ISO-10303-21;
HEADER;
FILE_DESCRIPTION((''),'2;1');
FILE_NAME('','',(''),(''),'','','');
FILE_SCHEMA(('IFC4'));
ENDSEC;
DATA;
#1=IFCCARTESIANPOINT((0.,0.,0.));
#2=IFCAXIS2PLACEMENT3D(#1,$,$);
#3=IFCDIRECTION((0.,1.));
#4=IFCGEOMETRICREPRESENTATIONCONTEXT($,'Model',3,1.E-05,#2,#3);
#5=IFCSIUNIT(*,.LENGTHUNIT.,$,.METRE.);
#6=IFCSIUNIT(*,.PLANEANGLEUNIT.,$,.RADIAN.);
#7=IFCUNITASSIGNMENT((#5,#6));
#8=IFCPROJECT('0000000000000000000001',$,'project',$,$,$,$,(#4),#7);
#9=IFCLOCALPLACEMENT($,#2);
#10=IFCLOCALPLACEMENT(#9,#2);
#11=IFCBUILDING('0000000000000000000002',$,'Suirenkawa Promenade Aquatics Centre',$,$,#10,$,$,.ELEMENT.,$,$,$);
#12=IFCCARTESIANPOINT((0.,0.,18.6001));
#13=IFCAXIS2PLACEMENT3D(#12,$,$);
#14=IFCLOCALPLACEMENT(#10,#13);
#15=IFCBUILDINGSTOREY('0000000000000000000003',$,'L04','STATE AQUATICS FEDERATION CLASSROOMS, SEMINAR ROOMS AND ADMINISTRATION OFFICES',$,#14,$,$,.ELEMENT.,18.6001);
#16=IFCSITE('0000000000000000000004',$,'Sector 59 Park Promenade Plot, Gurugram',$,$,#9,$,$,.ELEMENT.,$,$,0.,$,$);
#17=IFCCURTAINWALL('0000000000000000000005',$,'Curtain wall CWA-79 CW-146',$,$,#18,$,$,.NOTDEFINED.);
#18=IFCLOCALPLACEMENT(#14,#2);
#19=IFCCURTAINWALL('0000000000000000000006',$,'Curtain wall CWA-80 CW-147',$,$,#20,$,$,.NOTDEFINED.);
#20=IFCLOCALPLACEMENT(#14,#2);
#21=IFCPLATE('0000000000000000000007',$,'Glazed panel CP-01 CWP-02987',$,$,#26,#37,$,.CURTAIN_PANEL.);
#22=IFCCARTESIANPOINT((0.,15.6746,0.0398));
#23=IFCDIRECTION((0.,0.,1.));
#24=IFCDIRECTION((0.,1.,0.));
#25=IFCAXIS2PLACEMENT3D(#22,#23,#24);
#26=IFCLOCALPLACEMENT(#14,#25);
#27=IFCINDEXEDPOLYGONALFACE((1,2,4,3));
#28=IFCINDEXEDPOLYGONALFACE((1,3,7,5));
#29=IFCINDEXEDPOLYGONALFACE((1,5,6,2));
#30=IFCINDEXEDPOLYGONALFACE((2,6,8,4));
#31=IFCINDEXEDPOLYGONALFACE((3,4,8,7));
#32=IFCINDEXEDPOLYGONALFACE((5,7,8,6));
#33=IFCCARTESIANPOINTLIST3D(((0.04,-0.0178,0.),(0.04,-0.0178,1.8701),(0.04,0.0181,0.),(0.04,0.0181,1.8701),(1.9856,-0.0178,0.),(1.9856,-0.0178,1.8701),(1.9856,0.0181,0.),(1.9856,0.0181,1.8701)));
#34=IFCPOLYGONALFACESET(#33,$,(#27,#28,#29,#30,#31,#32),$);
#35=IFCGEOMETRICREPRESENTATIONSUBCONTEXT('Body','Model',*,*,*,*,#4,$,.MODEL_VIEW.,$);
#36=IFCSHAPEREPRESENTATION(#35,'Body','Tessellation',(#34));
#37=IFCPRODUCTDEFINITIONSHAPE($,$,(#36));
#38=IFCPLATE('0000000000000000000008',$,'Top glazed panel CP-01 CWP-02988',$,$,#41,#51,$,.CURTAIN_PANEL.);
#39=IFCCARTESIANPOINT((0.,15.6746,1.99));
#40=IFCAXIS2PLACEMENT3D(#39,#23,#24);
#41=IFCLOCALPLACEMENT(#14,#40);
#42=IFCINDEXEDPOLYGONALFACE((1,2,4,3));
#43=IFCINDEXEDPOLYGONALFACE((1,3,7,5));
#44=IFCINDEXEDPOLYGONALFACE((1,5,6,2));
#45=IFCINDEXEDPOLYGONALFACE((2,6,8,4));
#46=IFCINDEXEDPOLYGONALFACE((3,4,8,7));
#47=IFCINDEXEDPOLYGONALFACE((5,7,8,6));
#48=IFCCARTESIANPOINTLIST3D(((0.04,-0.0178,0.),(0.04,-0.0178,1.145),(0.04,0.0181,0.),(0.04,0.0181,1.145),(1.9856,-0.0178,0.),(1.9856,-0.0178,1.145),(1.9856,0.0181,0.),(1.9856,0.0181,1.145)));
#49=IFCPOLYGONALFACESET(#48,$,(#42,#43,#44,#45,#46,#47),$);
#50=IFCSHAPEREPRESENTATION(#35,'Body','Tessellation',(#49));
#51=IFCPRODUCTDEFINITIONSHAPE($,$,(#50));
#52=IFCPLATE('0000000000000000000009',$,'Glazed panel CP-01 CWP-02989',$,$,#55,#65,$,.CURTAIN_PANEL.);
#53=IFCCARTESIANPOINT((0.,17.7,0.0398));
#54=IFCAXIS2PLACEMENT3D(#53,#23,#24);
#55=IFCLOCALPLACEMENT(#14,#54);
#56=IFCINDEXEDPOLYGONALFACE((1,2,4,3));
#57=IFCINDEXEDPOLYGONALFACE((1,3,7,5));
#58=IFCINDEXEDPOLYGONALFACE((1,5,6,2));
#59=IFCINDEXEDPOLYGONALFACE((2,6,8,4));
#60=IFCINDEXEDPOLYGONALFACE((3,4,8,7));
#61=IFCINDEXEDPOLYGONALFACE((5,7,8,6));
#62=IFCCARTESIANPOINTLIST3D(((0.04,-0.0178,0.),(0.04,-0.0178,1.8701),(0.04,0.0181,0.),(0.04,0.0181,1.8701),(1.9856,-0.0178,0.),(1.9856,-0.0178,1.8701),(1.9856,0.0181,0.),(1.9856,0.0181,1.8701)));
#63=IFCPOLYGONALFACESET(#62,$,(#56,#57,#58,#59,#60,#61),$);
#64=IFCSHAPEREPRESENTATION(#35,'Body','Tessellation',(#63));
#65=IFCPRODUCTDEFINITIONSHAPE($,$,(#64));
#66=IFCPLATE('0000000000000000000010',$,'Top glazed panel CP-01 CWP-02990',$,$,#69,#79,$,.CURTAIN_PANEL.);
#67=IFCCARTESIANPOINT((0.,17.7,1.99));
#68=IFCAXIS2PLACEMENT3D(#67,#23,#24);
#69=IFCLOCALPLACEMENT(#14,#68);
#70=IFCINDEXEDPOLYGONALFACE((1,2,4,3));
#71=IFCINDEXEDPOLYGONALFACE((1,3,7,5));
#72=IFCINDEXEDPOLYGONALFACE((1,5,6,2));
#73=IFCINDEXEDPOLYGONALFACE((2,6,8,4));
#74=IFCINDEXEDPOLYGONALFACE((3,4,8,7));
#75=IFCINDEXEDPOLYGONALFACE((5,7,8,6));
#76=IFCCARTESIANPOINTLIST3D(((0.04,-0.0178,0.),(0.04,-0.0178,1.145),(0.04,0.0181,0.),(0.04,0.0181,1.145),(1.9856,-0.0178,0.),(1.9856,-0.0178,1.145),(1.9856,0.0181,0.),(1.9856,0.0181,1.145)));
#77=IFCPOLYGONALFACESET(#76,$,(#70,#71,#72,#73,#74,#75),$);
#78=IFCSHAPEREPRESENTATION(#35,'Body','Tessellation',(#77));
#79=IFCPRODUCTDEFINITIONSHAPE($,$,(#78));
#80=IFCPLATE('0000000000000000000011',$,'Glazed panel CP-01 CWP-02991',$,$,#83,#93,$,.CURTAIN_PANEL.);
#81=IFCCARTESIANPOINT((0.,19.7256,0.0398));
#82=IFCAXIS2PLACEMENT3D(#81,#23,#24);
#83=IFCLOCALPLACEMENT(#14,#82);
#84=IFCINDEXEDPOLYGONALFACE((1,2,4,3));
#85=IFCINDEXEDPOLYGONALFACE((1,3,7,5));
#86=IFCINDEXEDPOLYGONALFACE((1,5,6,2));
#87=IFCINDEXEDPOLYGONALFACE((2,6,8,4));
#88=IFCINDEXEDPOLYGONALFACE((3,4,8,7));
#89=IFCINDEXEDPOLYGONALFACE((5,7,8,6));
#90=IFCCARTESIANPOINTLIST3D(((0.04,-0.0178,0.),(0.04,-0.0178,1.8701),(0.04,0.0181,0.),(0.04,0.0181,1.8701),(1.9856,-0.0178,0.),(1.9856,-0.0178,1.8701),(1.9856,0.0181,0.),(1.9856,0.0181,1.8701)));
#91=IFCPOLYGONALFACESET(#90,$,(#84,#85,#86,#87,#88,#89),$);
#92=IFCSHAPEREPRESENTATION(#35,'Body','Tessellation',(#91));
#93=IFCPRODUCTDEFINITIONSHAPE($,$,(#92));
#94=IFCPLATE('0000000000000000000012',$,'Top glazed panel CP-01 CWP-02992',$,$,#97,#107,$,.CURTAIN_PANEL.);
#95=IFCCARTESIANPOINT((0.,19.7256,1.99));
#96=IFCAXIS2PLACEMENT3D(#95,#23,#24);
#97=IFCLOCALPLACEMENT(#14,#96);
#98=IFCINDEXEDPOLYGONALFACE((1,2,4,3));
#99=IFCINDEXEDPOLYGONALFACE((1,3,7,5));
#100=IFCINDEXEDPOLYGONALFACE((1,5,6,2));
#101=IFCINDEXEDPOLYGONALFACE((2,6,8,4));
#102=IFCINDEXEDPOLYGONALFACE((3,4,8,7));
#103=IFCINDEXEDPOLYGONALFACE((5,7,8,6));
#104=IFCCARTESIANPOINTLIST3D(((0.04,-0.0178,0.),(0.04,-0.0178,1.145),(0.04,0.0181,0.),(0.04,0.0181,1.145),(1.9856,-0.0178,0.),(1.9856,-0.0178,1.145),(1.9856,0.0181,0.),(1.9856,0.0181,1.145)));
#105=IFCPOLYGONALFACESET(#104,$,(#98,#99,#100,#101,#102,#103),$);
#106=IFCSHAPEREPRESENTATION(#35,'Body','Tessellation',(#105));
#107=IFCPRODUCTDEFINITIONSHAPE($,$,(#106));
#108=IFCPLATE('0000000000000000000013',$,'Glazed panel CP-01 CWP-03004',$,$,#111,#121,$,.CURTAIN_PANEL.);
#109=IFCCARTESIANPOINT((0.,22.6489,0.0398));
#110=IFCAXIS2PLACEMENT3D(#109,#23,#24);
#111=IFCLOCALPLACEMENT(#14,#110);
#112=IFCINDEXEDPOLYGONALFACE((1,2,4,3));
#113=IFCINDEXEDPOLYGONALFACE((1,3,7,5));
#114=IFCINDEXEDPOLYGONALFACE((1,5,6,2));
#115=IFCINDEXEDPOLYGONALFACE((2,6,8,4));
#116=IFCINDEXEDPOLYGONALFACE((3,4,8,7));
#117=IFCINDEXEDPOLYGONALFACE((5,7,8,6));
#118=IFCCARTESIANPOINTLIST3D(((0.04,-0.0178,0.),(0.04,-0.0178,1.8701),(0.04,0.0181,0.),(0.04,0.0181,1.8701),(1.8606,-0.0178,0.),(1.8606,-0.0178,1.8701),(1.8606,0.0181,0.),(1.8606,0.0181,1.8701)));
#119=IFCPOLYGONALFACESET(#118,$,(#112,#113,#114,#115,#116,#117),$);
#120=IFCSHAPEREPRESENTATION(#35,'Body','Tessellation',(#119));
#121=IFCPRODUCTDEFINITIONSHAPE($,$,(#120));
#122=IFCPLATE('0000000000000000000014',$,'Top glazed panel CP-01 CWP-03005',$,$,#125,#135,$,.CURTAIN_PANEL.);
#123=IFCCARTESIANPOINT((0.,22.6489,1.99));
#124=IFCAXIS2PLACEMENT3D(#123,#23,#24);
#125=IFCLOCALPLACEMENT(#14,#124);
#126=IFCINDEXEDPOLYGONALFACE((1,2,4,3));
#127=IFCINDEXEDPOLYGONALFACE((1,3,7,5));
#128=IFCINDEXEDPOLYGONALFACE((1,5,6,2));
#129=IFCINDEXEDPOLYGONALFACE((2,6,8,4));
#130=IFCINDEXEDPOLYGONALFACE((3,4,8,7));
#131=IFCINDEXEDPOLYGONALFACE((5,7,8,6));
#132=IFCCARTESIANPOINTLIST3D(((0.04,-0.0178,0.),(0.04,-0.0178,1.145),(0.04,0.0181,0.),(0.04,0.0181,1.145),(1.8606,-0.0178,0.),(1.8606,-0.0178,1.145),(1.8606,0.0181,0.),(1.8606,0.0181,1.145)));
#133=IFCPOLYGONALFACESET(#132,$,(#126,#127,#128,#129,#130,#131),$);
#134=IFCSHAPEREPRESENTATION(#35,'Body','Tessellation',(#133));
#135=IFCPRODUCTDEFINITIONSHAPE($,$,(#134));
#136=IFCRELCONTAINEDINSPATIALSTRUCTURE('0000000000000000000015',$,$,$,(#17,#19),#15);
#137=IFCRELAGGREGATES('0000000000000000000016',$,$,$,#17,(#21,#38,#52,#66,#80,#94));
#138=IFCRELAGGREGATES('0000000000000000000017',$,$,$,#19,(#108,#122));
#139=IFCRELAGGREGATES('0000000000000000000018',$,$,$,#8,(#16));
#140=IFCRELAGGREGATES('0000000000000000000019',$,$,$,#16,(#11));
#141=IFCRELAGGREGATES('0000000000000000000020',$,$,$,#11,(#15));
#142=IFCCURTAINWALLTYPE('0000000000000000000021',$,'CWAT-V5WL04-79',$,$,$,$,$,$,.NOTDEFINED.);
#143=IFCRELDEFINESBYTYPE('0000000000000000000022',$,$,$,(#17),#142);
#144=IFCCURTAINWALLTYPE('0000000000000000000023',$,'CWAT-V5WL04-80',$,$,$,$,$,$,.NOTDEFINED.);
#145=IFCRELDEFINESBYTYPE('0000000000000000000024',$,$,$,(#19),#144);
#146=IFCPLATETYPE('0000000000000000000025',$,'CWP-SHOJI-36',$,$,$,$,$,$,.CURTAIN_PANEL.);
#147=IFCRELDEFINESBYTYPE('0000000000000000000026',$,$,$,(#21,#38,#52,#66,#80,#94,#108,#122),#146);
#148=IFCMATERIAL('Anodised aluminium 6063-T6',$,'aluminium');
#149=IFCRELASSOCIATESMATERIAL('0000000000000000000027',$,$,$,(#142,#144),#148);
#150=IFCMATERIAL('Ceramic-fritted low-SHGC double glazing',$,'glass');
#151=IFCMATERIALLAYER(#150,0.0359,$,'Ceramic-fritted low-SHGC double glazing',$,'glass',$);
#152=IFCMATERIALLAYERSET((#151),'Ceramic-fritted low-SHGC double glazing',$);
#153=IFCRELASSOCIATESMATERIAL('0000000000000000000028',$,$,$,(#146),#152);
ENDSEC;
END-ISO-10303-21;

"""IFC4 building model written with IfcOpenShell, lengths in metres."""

from ifc_helpers import new_model, si_unit, direction, frame, origin, place, context, subcontext, project, spatial, polyline, outline, extrude, material, layer, layer_set, type_object, element, aggregate, save


model = new_model("IFC4")

# Units and contexts
model_context = context("Model", 3, precision=1e-05, world=origin(), true_north=direction((0.0, 1.0)))
body_context = subcontext(model_context, "Body", "Model", "MODEL_VIEW")
ifc_project = project(units=[si_unit("LENGTHUNIT", "METRE"), si_unit("PLANEANGLEUNIT", "RADIAN")], contexts=[model_context])

# Site, building, storey
site_placement = place(None, origin())
site = spatial("IfcSite", under=ifc_project, at=site_placement, Name="Sector 59 Park Promenade Plot, Gurugram", CompositionType="ELEMENT", RefElevation=0.0)
building_placement = place(site_placement, origin())
building = spatial("IfcBuilding", under=site, at=building_placement, Name="Suirenkawa Promenade Aquatics Centre", CompositionType="ELEMENT")
storey_placement = place(building_placement, frame((0.0, 0.0, 18.6001)))
storey = spatial("IfcBuildingStorey", under=building, at=storey_placement, Name="L04", Description="STATE AQUATICS FEDERATION CLASSROOMS, SEMINAR ROOMS AND ADMINISTRATION OFFICES", CompositionType="ELEMENT", Elevation=18.6001)

# Curtain wall
ifc_material_1 = material(Name="Anodised aluminium 6063-T6", Category="aluminium")
curtain_wall_type_1 = type_object("IfcCurtainWallType", Name="CWAT-V5WL04-79", PredefinedType="NOTDEFINED", material=ifc_material_1)
curtain_wall_1_placement = place(storey_placement, origin())
curtain_wall_1 = element("IfcCurtainWall", 1, at=curtain_wall_1_placement, inside=storey, type_object=curtain_wall_type_1, Name="Curtain wall CWA-79 CW-146", PredefinedType="NOTDEFINED")

# Curtain wall
curtain_wall_type_2 = type_object("IfcCurtainWallType", Name="CWAT-V5WL04-80", PredefinedType="NOTDEFINED", material=ifc_material_1)
curtain_wall_2_placement = place(storey_placement, origin())
curtain_wall_2 = element("IfcCurtainWall", 2, at=curtain_wall_2_placement, inside=storey, type_object=curtain_wall_type_2, Name="Curtain wall CWA-80 CW-147", PredefinedType="NOTDEFINED")

# Plates
ifc_material_2 = material(Name="Ceramic-fritted low-SHGC double glazing", Category="glass")
ifc_layer_1 = layer(ifc_material_2, 0.0359, Name="Ceramic-fritted low-SHGC double glazing", Category="glass")
ifc_layer_set_1 = layer_set([ifc_layer_1], Name="Ceramic-fritted low-SHGC double glazing")
plate_type = type_object("IfcPlateType", Name="CWP-SHOJI-36", PredefinedType="CURTAIN_PANEL", material=ifc_layer_set_1)
plate_1_placement = place(storey_placement, frame((0.0, 15.6746, 0.0398), z_axis=(0.0, 0.0, 1.0), x_axis=(0.0, 1.0, 0.0)))
plate_1 = element("IfcPlate", 3, at=plate_1_placement, type_object=plate_type, Name="Glazed panel CP-01 CWP-02987", PredefinedType="CURTAIN_PANEL", context=body_context, shape_type="SweptSolid", body=[
    extrude(outline(polyline([(0.04, 0.0), (1.9856, 0.0), (1.9856, 1.8701), (0.04, 1.8701), (0.04, 0.0)])), frame((0.0, 0.0181, 0.0), z_axis=(0.0, -1.0, 0.0), x_axis=(1.0, 0.0, 0.0)), (0.0, 0.0, 1.0), 0.0359),
])
plate_2_placement = place(storey_placement, frame((0.0, 15.6746, 1.99), z_axis=(0.0, 0.0, 1.0), x_axis=(0.0, 1.0, 0.0)))
plate_2 = element("IfcPlate", 4, at=plate_2_placement, type_object=plate_type, Name="Top glazed panel CP-01 CWP-02988", PredefinedType="CURTAIN_PANEL", context=body_context, shape_type="SweptSolid", body=[
    extrude(outline(polyline([(0.04, 0.0), (1.9856, 0.0), (1.9856, 1.145), (0.04, 1.145), (0.04, 0.0)])), frame((0.0, 0.0181, 0.0), z_axis=(0.0, -1.0, 0.0), x_axis=(1.0, 0.0, 0.0)), (0.0, 0.0, 1.0), 0.0359),
])
plate_3_placement = place(storey_placement, frame((0.0, 17.7, 0.0398), z_axis=(0.0, 0.0, 1.0), x_axis=(0.0, 1.0, 0.0)))
plate_3 = element("IfcPlate", 5, at=plate_3_placement, type_object=plate_type, Name="Glazed panel CP-01 CWP-02989", PredefinedType="CURTAIN_PANEL", context=body_context, shape_type="SweptSolid", body=[
    extrude(outline(polyline([(0.04, 0.0), (1.9856, 0.0), (1.9856, 1.8701), (0.04, 1.8701), (0.04, 0.0)])), frame((0.0, 0.0181, 0.0), z_axis=(0.0, -1.0, 0.0), x_axis=(1.0, 0.0, 0.0)), (0.0, 0.0, 1.0), 0.0359),
])
plate_4_placement = place(storey_placement, frame((0.0, 17.7, 1.99), z_axis=(0.0, 0.0, 1.0), x_axis=(0.0, 1.0, 0.0)))
plate_4 = element("IfcPlate", 6, at=plate_4_placement, type_object=plate_type, Name="Top glazed panel CP-01 CWP-02990", PredefinedType="CURTAIN_PANEL", context=body_context, shape_type="SweptSolid", body=[
    extrude(outline(polyline([(0.04, 0.0), (1.9856, 0.0), (1.9856, 1.145), (0.04, 1.145), (0.04, 0.0)])), frame((0.0, 0.0181, 0.0), z_axis=(0.0, -1.0, 0.0), x_axis=(1.0, 0.0, 0.0)), (0.0, 0.0, 1.0), 0.0359),
])
plate_5_placement = place(storey_placement, frame((0.0, 19.7256, 0.0398), z_axis=(0.0, 0.0, 1.0), x_axis=(0.0, 1.0, 0.0)))
plate_5 = element("IfcPlate", 7, at=plate_5_placement, type_object=plate_type, Name="Glazed panel CP-01 CWP-02991", PredefinedType="CURTAIN_PANEL", context=body_context, shape_type="SweptSolid", body=[
    extrude(outline(polyline([(0.04, 0.0), (1.9856, 0.0), (1.9856, 1.8701), (0.04, 1.8701), (0.04, 0.0)])), frame((0.0, 0.0181, 0.0), z_axis=(0.0, -1.0, 0.0), x_axis=(1.0, 0.0, 0.0)), (0.0, 0.0, 1.0), 0.0359),
])
plate_6_placement = place(storey_placement, frame((0.0, 19.7256, 1.99), z_axis=(0.0, 0.0, 1.0), x_axis=(0.0, 1.0, 0.0)))
plate_6 = element("IfcPlate", 8, at=plate_6_placement, type_object=plate_type, Name="Top glazed panel CP-01 CWP-02992", PredefinedType="CURTAIN_PANEL", context=body_context, shape_type="SweptSolid", body=[
    extrude(outline(polyline([(0.04, 0.0), (1.9856, 0.0), (1.9856, 1.145), (0.04, 1.145), (0.04, 0.0)])), frame((0.0, 0.0181, 0.0), z_axis=(0.0, -1.0, 0.0), x_axis=(1.0, 0.0, 0.0)), (0.0, 0.0, 1.0), 0.0359),
])
aggregate(curtain_wall_1, [plate_1, plate_2, plate_3, plate_4, plate_5, plate_6])
plate_7_placement = place(storey_placement, frame((0.0, 22.6489, 0.0398), z_axis=(0.0, 0.0, 1.0), x_axis=(0.0, 1.0, 0.0)))
plate_7 = element("IfcPlate", 9, at=plate_7_placement, type_object=plate_type, Name="Glazed panel CP-01 CWP-03004", PredefinedType="CURTAIN_PANEL", context=body_context, shape_type="SweptSolid", body=[
    extrude(outline(polyline([(0.04, 0.0), (1.8606, 0.0), (1.8606, 1.8701), (0.04, 1.8701), (0.04, 0.0)])), frame((0.0, 0.0181, 0.0), z_axis=(0.0, -1.0, 0.0), x_axis=(1.0, 0.0, 0.0)), (0.0, 0.0, 1.0), 0.0359),
])
plate_8_placement = place(storey_placement, frame((0.0, 22.6489, 1.99), z_axis=(0.0, 0.0, 1.0), x_axis=(0.0, 1.0, 0.0)))
plate_8 = element("IfcPlate", 10, at=plate_8_placement, type_object=plate_type, Name="Top glazed panel CP-01 CWP-03005", PredefinedType="CURTAIN_PANEL", context=body_context, shape_type="SweptSolid", body=[
    extrude(outline(polyline([(0.04, 0.0), (1.8606, 0.0), (1.8606, 1.145), (0.04, 1.145), (0.04, 0.0)])), frame((0.0, 0.0181, 0.0), z_axis=(0.0, -1.0, 0.0), x_axis=(1.0, 0.0, 0.0)), (0.0, 0.0, 1.0), 0.0359),
])
aggregate(curtain_wall_2, [plate_7, plate_8])

save(model, "model.ifc")
